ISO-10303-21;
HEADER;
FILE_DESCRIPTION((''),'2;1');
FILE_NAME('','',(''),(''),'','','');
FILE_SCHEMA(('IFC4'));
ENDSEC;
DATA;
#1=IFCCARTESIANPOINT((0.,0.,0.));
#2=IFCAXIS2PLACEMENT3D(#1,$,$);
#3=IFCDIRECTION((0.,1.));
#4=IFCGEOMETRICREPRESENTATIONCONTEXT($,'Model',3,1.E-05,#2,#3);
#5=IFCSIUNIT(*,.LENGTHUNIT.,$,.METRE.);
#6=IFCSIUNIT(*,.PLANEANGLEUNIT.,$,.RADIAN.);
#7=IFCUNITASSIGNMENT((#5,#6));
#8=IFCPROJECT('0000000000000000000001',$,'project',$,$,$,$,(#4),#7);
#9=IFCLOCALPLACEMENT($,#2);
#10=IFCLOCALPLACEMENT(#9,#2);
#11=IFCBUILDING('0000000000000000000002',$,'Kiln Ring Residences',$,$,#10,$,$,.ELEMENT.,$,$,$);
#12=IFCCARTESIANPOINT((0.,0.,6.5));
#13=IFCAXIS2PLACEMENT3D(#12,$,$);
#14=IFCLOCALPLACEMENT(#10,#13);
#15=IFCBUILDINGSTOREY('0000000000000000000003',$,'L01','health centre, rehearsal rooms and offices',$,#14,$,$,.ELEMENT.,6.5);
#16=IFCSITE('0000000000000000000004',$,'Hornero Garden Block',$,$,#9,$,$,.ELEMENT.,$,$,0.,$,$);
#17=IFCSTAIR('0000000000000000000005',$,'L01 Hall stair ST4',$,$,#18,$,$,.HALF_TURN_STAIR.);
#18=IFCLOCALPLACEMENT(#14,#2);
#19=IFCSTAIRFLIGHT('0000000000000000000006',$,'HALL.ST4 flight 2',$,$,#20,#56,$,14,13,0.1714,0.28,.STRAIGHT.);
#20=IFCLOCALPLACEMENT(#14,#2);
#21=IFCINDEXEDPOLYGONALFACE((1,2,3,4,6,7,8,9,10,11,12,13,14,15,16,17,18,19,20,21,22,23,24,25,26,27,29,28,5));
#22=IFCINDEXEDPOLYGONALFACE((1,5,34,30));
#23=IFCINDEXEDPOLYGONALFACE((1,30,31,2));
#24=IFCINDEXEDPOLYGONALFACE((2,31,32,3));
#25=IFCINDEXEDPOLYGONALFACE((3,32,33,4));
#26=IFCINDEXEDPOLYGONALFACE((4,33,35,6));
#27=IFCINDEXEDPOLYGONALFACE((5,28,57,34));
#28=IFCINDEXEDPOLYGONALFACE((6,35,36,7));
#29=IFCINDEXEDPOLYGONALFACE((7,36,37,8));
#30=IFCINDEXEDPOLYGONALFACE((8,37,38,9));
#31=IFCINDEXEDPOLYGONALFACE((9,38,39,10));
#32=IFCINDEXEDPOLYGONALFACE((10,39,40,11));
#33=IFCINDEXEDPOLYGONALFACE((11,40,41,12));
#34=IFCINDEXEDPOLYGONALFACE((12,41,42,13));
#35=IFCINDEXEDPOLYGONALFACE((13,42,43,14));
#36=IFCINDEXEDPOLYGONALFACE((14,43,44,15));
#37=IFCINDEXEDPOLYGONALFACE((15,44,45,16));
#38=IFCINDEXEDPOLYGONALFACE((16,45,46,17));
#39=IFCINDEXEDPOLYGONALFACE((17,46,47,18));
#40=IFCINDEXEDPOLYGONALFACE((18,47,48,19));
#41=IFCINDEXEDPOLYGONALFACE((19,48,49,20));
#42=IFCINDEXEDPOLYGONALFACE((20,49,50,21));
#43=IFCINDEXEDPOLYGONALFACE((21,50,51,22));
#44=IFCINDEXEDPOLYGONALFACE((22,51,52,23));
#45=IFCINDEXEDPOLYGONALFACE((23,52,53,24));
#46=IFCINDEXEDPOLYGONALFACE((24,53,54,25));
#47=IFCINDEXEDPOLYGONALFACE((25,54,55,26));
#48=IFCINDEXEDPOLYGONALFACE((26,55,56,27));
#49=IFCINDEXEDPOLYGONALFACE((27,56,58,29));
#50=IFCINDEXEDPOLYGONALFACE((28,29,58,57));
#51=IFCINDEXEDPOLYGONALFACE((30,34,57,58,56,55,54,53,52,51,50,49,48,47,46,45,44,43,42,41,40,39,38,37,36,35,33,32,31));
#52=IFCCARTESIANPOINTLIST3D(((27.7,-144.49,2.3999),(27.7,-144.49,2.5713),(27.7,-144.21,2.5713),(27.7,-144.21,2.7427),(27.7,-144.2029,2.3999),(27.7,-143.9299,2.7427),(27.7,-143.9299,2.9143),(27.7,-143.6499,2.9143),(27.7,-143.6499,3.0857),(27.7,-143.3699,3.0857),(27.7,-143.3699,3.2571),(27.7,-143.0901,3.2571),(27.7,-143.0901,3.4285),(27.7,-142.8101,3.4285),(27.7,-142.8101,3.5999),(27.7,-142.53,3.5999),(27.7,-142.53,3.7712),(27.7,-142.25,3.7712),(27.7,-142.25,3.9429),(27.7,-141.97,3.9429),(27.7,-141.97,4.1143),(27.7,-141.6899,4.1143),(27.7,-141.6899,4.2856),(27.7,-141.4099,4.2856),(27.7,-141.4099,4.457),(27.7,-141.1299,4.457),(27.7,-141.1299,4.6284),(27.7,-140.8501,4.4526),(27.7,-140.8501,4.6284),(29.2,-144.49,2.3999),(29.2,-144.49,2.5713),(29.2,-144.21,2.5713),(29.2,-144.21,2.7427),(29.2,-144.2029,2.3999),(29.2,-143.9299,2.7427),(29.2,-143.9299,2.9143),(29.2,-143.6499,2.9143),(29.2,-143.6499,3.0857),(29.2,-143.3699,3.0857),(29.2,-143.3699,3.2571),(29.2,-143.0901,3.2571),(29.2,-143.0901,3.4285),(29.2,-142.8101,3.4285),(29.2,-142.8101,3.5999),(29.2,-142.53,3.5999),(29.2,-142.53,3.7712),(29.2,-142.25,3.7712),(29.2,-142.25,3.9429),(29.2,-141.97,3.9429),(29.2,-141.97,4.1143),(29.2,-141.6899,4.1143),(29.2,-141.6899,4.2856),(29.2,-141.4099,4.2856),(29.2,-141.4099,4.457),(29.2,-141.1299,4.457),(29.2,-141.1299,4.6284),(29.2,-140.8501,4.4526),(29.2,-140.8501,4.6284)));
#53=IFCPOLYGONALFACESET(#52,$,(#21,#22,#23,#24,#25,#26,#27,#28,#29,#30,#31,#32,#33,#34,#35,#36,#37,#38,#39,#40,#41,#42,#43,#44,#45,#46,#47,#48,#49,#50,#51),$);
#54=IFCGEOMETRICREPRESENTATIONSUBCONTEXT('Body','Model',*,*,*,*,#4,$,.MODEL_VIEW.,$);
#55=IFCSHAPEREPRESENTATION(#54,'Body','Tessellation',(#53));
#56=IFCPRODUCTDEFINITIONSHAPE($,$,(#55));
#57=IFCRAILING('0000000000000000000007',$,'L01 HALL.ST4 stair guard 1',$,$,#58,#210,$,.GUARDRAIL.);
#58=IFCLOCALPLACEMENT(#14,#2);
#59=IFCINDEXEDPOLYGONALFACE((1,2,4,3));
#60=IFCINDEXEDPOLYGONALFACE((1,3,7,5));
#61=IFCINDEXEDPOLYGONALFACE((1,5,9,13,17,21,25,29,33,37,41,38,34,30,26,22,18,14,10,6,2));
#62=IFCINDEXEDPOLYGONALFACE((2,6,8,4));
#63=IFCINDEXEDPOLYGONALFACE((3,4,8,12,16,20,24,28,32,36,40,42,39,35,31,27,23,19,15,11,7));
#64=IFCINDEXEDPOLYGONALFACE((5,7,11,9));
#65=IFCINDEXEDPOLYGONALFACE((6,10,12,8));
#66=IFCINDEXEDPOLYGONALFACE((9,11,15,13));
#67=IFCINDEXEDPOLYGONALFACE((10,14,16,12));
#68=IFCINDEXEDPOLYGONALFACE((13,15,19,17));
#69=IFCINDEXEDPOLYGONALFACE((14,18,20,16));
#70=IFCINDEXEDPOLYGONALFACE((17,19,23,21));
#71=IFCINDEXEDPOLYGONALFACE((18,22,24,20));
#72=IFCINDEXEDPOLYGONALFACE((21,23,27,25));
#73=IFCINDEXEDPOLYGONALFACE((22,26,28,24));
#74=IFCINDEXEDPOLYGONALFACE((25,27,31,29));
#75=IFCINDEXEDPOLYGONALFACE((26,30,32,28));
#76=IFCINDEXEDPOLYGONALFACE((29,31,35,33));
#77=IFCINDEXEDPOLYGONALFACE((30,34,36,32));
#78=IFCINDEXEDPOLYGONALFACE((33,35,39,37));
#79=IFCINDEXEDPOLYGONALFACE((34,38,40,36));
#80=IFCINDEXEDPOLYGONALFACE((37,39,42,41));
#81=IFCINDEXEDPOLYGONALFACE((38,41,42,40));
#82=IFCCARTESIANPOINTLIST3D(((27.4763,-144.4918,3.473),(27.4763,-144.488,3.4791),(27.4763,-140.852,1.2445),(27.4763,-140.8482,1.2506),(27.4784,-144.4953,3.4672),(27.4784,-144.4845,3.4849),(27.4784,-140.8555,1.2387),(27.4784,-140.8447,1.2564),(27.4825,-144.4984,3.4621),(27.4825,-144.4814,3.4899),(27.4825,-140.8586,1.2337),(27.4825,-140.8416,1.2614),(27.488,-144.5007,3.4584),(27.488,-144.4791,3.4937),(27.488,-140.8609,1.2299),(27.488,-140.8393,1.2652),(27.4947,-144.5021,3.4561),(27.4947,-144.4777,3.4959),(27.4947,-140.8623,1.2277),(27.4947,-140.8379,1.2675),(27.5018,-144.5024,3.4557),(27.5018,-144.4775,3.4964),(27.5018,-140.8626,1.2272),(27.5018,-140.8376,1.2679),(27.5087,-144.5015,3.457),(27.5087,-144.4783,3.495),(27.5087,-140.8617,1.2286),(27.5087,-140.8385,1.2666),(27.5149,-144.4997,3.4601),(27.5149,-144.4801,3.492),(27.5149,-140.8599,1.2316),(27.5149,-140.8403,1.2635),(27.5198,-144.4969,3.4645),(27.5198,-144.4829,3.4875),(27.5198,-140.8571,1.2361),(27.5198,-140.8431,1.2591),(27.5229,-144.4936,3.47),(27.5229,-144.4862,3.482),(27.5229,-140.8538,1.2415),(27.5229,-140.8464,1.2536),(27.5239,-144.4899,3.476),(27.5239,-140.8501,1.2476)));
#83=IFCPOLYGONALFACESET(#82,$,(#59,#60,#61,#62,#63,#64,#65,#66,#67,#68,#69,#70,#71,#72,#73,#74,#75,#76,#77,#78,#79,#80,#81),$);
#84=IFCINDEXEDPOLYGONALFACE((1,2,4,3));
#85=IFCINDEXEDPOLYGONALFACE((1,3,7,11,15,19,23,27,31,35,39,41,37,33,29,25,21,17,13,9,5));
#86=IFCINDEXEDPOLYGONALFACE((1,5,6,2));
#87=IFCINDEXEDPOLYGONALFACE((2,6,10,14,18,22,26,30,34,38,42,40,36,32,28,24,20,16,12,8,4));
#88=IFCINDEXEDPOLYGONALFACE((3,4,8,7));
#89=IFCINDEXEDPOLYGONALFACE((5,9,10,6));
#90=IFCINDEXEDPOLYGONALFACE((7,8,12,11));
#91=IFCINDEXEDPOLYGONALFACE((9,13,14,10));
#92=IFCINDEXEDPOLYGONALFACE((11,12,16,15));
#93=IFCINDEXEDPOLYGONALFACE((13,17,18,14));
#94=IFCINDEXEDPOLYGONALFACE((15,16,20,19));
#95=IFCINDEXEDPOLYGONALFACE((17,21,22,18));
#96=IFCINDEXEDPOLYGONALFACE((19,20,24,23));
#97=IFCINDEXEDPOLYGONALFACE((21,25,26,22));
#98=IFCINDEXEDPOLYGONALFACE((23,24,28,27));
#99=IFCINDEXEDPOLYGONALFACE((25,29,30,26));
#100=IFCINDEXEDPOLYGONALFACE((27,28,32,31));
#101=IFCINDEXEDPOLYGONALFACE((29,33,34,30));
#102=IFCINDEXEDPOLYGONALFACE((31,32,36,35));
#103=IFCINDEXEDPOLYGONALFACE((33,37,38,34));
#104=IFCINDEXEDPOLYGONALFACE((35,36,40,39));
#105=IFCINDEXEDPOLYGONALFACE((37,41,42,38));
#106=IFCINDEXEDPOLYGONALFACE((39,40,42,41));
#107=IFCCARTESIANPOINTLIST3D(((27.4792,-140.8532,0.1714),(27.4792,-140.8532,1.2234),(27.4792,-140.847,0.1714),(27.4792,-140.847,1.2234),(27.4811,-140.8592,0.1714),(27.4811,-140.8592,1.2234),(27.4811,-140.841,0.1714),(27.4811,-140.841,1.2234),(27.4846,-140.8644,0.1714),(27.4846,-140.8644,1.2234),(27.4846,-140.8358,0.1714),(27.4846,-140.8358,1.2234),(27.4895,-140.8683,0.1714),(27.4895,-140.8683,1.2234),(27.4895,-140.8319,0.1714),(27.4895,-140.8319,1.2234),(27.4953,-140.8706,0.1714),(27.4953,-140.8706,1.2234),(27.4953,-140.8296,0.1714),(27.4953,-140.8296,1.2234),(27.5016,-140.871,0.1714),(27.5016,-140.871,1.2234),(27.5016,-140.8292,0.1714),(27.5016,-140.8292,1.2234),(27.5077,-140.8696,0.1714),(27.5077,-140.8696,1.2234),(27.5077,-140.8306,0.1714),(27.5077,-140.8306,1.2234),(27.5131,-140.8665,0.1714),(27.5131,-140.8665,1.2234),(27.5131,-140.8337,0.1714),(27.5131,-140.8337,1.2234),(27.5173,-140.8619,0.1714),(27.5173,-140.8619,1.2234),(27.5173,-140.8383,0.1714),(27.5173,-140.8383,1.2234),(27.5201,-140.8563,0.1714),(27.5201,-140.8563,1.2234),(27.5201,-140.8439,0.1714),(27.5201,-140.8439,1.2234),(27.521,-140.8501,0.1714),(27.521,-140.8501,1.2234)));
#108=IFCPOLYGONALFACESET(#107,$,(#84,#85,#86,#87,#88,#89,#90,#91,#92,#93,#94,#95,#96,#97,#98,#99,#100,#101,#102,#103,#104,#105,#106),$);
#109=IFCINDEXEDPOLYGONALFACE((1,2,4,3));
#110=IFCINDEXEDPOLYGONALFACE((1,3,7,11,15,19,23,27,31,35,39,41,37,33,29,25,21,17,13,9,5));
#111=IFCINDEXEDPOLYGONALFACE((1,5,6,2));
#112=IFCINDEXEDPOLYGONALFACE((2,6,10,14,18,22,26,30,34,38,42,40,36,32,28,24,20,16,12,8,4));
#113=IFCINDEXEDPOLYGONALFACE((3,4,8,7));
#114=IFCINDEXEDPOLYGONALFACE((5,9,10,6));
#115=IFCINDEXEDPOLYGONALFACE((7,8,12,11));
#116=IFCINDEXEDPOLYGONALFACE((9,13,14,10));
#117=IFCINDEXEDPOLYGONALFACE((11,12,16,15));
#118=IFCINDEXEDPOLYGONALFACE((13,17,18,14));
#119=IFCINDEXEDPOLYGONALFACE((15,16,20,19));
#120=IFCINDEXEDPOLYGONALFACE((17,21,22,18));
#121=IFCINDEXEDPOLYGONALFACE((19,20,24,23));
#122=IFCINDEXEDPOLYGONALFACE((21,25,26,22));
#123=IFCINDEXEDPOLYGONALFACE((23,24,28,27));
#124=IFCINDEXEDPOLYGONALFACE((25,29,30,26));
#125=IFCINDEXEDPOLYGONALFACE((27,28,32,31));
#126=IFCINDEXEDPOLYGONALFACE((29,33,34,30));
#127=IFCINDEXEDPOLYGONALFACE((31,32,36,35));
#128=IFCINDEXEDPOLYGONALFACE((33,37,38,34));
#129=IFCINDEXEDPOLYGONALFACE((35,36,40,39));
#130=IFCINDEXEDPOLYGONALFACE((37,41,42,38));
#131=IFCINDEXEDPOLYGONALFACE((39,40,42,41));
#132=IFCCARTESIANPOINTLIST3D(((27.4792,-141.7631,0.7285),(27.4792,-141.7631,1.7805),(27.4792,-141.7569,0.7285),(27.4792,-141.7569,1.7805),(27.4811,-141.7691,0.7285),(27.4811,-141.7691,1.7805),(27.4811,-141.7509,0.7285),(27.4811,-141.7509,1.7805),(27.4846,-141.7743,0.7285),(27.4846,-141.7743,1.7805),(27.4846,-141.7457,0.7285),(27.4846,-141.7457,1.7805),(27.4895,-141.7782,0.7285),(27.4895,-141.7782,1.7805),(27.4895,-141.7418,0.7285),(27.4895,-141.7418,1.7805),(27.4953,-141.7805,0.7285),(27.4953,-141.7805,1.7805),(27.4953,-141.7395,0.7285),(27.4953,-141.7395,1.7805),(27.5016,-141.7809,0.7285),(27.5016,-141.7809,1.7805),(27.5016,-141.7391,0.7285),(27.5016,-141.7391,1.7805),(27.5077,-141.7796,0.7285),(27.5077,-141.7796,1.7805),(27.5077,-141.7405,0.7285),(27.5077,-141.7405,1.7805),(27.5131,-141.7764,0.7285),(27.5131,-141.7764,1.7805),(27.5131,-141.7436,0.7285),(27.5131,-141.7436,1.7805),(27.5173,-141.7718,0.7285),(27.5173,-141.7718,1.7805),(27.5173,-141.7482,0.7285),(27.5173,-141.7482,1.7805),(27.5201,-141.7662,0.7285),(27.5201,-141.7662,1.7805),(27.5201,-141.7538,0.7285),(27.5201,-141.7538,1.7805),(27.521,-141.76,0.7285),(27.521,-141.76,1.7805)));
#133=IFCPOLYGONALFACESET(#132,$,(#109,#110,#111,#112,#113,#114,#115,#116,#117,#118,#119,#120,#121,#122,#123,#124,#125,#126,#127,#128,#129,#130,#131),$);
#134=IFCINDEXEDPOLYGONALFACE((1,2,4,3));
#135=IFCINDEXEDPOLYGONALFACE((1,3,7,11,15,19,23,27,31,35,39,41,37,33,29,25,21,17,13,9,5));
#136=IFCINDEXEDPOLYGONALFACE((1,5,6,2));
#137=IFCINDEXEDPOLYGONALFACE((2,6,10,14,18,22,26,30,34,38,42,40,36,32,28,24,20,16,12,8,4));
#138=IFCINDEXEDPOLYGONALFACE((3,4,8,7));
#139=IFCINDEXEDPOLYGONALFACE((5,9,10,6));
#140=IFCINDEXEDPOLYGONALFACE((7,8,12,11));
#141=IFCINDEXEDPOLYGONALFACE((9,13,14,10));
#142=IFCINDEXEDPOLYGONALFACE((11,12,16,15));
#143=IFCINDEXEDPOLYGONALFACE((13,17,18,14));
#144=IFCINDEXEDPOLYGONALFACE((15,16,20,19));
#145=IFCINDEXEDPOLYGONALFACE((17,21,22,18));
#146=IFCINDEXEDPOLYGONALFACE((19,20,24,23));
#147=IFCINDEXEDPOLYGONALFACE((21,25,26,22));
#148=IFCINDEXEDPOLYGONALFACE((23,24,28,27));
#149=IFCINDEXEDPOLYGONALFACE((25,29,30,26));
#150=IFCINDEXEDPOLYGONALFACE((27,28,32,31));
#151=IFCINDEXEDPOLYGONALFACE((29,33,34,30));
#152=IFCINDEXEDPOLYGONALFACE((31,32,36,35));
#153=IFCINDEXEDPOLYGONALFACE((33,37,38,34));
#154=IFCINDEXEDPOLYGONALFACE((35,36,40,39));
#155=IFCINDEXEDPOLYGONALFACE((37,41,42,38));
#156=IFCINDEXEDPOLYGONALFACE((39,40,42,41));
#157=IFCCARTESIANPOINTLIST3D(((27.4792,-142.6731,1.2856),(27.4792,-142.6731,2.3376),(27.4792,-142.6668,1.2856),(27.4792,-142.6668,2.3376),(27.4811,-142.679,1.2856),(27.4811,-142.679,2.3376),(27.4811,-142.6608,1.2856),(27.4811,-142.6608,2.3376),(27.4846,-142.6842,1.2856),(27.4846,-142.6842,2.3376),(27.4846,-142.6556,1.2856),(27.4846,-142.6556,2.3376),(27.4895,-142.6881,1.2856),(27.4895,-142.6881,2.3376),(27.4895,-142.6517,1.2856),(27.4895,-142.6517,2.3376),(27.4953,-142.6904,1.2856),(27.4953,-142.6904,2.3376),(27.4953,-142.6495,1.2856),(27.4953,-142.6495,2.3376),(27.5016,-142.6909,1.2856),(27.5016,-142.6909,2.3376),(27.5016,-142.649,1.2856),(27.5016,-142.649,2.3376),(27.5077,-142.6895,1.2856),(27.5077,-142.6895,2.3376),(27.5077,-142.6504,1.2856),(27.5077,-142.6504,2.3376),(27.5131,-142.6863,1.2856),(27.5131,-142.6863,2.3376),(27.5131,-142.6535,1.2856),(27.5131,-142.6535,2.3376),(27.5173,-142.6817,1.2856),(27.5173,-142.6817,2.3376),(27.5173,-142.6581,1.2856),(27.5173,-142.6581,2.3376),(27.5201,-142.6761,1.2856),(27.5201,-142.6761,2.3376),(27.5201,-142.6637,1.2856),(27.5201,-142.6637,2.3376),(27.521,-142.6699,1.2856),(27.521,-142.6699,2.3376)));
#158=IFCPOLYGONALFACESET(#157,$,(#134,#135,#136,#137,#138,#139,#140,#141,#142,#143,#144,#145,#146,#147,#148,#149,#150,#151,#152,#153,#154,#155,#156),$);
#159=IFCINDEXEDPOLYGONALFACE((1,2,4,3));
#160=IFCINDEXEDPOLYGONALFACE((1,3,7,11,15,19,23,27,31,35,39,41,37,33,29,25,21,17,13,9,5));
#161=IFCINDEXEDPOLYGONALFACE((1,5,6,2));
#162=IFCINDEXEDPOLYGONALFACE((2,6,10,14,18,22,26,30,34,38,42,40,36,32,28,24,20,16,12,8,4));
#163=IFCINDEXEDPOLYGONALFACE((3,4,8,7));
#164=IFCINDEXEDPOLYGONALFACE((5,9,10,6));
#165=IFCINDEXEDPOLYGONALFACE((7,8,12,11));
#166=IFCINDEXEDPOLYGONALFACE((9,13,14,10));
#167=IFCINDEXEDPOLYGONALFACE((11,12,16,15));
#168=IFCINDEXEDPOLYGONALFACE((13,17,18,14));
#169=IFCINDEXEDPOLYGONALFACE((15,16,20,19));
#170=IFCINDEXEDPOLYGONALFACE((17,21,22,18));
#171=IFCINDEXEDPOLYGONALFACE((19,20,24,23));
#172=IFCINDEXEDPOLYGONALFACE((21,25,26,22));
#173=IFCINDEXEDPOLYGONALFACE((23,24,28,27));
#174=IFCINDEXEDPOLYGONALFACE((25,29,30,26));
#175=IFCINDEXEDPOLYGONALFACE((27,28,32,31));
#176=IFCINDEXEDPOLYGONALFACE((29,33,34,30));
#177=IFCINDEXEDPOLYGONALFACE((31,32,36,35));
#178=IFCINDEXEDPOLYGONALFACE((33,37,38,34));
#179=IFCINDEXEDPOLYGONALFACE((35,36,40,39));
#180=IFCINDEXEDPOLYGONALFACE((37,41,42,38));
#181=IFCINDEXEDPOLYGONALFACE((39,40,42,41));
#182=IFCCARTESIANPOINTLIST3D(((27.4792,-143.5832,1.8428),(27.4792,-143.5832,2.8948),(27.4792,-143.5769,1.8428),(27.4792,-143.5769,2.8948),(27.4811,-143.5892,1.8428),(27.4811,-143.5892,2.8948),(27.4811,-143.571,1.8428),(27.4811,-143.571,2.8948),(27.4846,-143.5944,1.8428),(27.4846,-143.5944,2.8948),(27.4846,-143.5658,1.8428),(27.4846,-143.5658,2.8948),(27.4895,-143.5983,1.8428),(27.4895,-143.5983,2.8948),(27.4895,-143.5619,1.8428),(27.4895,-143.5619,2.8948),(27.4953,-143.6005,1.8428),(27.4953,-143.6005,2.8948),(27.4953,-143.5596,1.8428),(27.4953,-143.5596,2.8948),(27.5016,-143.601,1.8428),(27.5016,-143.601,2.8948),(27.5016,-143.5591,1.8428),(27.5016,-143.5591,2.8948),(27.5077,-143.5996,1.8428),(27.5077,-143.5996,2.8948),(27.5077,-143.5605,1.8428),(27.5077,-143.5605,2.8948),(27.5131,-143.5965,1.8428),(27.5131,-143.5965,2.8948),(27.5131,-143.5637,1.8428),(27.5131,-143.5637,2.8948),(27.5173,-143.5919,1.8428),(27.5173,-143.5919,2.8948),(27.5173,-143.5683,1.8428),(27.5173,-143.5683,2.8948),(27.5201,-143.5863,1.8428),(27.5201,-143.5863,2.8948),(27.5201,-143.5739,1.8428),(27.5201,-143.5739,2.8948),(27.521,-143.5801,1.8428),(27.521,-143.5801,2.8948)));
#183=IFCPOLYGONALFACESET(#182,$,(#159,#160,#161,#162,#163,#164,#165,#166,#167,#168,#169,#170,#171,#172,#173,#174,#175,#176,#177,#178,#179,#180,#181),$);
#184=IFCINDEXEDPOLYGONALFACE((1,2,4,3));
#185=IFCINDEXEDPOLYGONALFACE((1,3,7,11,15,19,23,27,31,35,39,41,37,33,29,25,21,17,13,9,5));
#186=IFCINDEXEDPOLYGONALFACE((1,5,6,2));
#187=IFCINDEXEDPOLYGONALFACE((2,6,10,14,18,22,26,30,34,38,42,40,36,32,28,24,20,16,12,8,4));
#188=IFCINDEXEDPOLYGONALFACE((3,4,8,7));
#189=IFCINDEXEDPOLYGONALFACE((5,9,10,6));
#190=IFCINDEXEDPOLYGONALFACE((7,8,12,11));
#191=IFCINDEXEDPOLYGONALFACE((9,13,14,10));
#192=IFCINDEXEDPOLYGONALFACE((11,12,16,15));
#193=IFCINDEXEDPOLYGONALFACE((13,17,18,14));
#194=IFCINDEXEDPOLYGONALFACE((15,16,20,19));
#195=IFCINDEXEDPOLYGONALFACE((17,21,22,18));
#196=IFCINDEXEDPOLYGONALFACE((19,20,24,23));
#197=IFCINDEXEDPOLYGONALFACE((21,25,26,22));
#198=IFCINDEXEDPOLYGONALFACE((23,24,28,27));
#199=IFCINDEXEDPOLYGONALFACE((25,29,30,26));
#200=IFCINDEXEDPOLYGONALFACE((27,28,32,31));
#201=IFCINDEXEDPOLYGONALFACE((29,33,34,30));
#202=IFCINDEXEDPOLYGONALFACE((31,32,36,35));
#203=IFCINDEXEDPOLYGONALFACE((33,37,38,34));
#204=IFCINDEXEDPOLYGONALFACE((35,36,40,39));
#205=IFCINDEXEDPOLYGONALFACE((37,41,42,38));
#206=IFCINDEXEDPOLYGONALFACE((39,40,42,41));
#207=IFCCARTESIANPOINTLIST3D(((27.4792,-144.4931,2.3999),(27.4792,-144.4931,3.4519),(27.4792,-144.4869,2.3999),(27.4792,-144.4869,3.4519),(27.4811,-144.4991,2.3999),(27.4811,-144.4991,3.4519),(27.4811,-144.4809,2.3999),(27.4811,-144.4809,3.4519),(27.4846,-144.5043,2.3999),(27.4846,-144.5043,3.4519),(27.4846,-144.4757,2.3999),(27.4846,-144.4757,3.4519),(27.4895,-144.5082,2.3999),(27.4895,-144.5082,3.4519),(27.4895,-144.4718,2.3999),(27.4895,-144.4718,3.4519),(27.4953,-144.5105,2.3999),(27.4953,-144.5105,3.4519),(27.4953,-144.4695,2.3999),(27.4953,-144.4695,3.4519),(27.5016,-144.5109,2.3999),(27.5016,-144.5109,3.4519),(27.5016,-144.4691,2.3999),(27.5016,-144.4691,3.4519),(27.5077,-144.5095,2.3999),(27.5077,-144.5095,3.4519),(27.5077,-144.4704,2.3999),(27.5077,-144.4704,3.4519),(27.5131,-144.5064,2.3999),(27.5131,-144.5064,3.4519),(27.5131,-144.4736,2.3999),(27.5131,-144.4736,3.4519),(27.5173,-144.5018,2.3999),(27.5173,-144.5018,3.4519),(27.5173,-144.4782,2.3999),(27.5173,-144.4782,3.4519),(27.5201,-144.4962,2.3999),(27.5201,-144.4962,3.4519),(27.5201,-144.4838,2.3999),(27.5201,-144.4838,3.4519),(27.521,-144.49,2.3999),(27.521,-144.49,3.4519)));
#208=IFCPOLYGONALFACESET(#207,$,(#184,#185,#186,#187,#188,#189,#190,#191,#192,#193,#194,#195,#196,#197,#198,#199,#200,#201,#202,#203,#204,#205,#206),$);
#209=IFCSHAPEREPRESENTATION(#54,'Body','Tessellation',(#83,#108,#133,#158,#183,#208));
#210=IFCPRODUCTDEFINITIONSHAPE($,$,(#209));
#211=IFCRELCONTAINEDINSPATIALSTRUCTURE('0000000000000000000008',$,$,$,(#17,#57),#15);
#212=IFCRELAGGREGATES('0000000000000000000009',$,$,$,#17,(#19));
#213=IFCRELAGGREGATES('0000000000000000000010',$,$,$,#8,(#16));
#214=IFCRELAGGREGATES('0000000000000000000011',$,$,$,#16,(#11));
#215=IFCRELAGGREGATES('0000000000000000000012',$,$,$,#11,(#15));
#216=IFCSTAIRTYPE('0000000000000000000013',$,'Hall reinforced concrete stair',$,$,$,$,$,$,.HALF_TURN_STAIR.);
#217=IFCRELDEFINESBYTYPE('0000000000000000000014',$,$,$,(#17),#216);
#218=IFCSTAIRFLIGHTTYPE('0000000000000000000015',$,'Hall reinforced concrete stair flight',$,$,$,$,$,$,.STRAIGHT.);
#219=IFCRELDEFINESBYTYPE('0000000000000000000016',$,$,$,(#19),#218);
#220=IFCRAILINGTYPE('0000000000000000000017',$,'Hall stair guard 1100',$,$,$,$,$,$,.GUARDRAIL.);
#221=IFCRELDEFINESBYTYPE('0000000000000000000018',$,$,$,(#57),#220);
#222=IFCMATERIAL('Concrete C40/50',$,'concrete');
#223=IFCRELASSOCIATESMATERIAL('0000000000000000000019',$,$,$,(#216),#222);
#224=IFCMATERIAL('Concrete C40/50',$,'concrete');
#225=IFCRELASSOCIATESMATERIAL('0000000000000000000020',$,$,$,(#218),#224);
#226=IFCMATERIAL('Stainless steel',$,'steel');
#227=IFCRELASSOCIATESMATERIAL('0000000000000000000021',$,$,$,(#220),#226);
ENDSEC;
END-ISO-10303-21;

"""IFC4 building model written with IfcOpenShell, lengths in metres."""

from ifc_helpers import new_model, si_unit, direction, frame, origin, origin_2d, place, context, subcontext, project, spatial, polyline, circle, outline, extrude, material, type_object, element, aggregate, save


model = new_model("IFC4")

# Units and contexts
model_context = context("Model", 3, precision=1e-05, world=origin(), true_north=direction((0.0, 1.0)))
body_context = subcontext(model_context, "Body", "Model", "MODEL_VIEW")
ifc_project = project(units=[si_unit("LENGTHUNIT", "METRE"), si_unit("PLANEANGLEUNIT", "RADIAN")], contexts=[model_context])

# Site, building, storey
site_placement = place(None, origin())
site = spatial("IfcSite", under=ifc_project, at=site_placement, Name="Hornero Garden Block", CompositionType="ELEMENT", RefElevation=0.0)
building_placement = place(site_placement, origin())
building = spatial("IfcBuilding", under=site, at=building_placement, Name="Kiln Ring Residences", CompositionType="ELEMENT")
storey_placement = place(building_placement, frame((0.0, 0.0, 6.5)))
storey = spatial("IfcBuildingStorey", under=building, at=storey_placement, Name="L01", Description="health centre, rehearsal rooms and offices", CompositionType="ELEMENT", Elevation=6.5)

# Stair, stair flight
ifc_material_1 = material(Name="Concrete C40/50", Category="concrete")
stair_type = type_object("IfcStairType", Name="Hall reinforced concrete stair", PredefinedType="HALF_TURN_STAIR", material=ifc_material_1)
stair_placement = place(storey_placement, origin())
stair = element("IfcStair", 1, at=stair_placement, inside=storey, type_object=stair_type, Name="L01 Hall stair ST4", PredefinedType="HALF_TURN_STAIR")
ifc_material_2 = material(Name="Concrete C40/50", Category="concrete")
stair_flight_type = type_object("IfcStairFlightType", Name="Hall reinforced concrete stair flight", PredefinedType="STRAIGHT", material=ifc_material_2)
stair_flight_1_placement = place(storey_placement, frame((28.45, -144.49, 2.3999), z_axis=(0.0, 0.0, 1.0), x_axis=(0.0, 1.0, 0.0)))
stair_flight_1 = element("IfcStairFlight", 2, at=stair_flight_1_placement, type_object=stair_flight_type, Name="HALL.ST4 flight 2", NumberOfRisers=14, NumberOfTreads=13, PredefinedType="STRAIGHT", RiserHeight=0.1714, TreadLength=0.28, context=body_context, shape_type="SweptSolid", body=[
    extrude(outline(polyline([(0.0, 0.0), (0.0, 0.1714), (0.28, 0.1714), (0.28, 0.3428), (0.5601, 0.3428), (0.5601, 0.5144), (0.8401, 0.5144), (0.8401, 0.6858), (1.1201, 0.6858), (1.1201, 0.8572), (1.3999, 0.8572), (1.3999, 1.0286), (1.6799, 1.0286), (1.6799, 1.2), (1.96, 1.2), (1.96, 1.3713), (2.24, 1.3713), (2.24, 1.543), (2.52, 1.543), (2.52, 1.7144), (2.8, 1.7144), (2.8, 1.8857), (3.0801, 1.8857), (3.0801, 2.0571), (3.3601, 2.0571), (3.3601, 2.2285), (3.6399, 2.2285), (3.6399, 2.3999), (3.6399, 2.0527), (0.2871, 0.0), (0.0, 0.0)])), frame((0.0, 0.75, 0.0), z_axis=(0.0, -1.0, 0.0), x_axis=(1.0, 0.0, 0.0)), (0.0, 0.0, 1.0), 1.5),
])
aggregate(stair, [stair_flight_1])

# Railing
ifc_material_3 = material(Name="Stainless steel", Category="steel")
railing_type_1 = type_object("IfcRailingType", Name="Hall stair guard 1100", PredefinedType="GUARDRAIL", material=ifc_material_3)
railing_1_placement = place(storey_placement, frame((27.5, -140.8501, 0.1714)))
element("IfcRailing", 3, at=railing_1_placement, inside=storey, type_object=railing_type_1, Name="L01 HALL.ST4 stair guard 1", PredefinedType="GUARDRAIL", context=body_context, shape_type="SweptSolid", body=[
    extrude(circle(Radius=0.0239, at=origin_2d()), frame((0.0, 0.0, 1.0762), z_axis=(0.0, -0.85285, 0.522156), x_axis=(1.0, 0.0, 0.0)), (0.0, 0.0, 1.0), 4.2678),
    extrude(circle(Radius=0.021, at=origin_2d()), origin(), (0.0, 0.0, 1.0), 1.052),
    extrude(circle(Radius=0.021, at=origin_2d()), frame((0.0, -0.9099, 0.5571)), (0.0, 0.0, 1.0), 1.052),
    extrude(circle(Radius=0.021, at=origin_2d()), frame((0.0, -1.8198, 1.1143)), (0.0, 0.0, 1.0), 1.052),
    extrude(circle(Radius=0.021, at=origin_2d()), frame((0.0, -2.73, 1.6714)), (0.0, 0.0, 1.0), 1.052),
    extrude(circle(Radius=0.021, at=origin_2d()), frame((0.0, -3.6399, 2.2285)), (0.0, 0.0, 1.0), 1.052),
])

save(model, "model.ifc")
